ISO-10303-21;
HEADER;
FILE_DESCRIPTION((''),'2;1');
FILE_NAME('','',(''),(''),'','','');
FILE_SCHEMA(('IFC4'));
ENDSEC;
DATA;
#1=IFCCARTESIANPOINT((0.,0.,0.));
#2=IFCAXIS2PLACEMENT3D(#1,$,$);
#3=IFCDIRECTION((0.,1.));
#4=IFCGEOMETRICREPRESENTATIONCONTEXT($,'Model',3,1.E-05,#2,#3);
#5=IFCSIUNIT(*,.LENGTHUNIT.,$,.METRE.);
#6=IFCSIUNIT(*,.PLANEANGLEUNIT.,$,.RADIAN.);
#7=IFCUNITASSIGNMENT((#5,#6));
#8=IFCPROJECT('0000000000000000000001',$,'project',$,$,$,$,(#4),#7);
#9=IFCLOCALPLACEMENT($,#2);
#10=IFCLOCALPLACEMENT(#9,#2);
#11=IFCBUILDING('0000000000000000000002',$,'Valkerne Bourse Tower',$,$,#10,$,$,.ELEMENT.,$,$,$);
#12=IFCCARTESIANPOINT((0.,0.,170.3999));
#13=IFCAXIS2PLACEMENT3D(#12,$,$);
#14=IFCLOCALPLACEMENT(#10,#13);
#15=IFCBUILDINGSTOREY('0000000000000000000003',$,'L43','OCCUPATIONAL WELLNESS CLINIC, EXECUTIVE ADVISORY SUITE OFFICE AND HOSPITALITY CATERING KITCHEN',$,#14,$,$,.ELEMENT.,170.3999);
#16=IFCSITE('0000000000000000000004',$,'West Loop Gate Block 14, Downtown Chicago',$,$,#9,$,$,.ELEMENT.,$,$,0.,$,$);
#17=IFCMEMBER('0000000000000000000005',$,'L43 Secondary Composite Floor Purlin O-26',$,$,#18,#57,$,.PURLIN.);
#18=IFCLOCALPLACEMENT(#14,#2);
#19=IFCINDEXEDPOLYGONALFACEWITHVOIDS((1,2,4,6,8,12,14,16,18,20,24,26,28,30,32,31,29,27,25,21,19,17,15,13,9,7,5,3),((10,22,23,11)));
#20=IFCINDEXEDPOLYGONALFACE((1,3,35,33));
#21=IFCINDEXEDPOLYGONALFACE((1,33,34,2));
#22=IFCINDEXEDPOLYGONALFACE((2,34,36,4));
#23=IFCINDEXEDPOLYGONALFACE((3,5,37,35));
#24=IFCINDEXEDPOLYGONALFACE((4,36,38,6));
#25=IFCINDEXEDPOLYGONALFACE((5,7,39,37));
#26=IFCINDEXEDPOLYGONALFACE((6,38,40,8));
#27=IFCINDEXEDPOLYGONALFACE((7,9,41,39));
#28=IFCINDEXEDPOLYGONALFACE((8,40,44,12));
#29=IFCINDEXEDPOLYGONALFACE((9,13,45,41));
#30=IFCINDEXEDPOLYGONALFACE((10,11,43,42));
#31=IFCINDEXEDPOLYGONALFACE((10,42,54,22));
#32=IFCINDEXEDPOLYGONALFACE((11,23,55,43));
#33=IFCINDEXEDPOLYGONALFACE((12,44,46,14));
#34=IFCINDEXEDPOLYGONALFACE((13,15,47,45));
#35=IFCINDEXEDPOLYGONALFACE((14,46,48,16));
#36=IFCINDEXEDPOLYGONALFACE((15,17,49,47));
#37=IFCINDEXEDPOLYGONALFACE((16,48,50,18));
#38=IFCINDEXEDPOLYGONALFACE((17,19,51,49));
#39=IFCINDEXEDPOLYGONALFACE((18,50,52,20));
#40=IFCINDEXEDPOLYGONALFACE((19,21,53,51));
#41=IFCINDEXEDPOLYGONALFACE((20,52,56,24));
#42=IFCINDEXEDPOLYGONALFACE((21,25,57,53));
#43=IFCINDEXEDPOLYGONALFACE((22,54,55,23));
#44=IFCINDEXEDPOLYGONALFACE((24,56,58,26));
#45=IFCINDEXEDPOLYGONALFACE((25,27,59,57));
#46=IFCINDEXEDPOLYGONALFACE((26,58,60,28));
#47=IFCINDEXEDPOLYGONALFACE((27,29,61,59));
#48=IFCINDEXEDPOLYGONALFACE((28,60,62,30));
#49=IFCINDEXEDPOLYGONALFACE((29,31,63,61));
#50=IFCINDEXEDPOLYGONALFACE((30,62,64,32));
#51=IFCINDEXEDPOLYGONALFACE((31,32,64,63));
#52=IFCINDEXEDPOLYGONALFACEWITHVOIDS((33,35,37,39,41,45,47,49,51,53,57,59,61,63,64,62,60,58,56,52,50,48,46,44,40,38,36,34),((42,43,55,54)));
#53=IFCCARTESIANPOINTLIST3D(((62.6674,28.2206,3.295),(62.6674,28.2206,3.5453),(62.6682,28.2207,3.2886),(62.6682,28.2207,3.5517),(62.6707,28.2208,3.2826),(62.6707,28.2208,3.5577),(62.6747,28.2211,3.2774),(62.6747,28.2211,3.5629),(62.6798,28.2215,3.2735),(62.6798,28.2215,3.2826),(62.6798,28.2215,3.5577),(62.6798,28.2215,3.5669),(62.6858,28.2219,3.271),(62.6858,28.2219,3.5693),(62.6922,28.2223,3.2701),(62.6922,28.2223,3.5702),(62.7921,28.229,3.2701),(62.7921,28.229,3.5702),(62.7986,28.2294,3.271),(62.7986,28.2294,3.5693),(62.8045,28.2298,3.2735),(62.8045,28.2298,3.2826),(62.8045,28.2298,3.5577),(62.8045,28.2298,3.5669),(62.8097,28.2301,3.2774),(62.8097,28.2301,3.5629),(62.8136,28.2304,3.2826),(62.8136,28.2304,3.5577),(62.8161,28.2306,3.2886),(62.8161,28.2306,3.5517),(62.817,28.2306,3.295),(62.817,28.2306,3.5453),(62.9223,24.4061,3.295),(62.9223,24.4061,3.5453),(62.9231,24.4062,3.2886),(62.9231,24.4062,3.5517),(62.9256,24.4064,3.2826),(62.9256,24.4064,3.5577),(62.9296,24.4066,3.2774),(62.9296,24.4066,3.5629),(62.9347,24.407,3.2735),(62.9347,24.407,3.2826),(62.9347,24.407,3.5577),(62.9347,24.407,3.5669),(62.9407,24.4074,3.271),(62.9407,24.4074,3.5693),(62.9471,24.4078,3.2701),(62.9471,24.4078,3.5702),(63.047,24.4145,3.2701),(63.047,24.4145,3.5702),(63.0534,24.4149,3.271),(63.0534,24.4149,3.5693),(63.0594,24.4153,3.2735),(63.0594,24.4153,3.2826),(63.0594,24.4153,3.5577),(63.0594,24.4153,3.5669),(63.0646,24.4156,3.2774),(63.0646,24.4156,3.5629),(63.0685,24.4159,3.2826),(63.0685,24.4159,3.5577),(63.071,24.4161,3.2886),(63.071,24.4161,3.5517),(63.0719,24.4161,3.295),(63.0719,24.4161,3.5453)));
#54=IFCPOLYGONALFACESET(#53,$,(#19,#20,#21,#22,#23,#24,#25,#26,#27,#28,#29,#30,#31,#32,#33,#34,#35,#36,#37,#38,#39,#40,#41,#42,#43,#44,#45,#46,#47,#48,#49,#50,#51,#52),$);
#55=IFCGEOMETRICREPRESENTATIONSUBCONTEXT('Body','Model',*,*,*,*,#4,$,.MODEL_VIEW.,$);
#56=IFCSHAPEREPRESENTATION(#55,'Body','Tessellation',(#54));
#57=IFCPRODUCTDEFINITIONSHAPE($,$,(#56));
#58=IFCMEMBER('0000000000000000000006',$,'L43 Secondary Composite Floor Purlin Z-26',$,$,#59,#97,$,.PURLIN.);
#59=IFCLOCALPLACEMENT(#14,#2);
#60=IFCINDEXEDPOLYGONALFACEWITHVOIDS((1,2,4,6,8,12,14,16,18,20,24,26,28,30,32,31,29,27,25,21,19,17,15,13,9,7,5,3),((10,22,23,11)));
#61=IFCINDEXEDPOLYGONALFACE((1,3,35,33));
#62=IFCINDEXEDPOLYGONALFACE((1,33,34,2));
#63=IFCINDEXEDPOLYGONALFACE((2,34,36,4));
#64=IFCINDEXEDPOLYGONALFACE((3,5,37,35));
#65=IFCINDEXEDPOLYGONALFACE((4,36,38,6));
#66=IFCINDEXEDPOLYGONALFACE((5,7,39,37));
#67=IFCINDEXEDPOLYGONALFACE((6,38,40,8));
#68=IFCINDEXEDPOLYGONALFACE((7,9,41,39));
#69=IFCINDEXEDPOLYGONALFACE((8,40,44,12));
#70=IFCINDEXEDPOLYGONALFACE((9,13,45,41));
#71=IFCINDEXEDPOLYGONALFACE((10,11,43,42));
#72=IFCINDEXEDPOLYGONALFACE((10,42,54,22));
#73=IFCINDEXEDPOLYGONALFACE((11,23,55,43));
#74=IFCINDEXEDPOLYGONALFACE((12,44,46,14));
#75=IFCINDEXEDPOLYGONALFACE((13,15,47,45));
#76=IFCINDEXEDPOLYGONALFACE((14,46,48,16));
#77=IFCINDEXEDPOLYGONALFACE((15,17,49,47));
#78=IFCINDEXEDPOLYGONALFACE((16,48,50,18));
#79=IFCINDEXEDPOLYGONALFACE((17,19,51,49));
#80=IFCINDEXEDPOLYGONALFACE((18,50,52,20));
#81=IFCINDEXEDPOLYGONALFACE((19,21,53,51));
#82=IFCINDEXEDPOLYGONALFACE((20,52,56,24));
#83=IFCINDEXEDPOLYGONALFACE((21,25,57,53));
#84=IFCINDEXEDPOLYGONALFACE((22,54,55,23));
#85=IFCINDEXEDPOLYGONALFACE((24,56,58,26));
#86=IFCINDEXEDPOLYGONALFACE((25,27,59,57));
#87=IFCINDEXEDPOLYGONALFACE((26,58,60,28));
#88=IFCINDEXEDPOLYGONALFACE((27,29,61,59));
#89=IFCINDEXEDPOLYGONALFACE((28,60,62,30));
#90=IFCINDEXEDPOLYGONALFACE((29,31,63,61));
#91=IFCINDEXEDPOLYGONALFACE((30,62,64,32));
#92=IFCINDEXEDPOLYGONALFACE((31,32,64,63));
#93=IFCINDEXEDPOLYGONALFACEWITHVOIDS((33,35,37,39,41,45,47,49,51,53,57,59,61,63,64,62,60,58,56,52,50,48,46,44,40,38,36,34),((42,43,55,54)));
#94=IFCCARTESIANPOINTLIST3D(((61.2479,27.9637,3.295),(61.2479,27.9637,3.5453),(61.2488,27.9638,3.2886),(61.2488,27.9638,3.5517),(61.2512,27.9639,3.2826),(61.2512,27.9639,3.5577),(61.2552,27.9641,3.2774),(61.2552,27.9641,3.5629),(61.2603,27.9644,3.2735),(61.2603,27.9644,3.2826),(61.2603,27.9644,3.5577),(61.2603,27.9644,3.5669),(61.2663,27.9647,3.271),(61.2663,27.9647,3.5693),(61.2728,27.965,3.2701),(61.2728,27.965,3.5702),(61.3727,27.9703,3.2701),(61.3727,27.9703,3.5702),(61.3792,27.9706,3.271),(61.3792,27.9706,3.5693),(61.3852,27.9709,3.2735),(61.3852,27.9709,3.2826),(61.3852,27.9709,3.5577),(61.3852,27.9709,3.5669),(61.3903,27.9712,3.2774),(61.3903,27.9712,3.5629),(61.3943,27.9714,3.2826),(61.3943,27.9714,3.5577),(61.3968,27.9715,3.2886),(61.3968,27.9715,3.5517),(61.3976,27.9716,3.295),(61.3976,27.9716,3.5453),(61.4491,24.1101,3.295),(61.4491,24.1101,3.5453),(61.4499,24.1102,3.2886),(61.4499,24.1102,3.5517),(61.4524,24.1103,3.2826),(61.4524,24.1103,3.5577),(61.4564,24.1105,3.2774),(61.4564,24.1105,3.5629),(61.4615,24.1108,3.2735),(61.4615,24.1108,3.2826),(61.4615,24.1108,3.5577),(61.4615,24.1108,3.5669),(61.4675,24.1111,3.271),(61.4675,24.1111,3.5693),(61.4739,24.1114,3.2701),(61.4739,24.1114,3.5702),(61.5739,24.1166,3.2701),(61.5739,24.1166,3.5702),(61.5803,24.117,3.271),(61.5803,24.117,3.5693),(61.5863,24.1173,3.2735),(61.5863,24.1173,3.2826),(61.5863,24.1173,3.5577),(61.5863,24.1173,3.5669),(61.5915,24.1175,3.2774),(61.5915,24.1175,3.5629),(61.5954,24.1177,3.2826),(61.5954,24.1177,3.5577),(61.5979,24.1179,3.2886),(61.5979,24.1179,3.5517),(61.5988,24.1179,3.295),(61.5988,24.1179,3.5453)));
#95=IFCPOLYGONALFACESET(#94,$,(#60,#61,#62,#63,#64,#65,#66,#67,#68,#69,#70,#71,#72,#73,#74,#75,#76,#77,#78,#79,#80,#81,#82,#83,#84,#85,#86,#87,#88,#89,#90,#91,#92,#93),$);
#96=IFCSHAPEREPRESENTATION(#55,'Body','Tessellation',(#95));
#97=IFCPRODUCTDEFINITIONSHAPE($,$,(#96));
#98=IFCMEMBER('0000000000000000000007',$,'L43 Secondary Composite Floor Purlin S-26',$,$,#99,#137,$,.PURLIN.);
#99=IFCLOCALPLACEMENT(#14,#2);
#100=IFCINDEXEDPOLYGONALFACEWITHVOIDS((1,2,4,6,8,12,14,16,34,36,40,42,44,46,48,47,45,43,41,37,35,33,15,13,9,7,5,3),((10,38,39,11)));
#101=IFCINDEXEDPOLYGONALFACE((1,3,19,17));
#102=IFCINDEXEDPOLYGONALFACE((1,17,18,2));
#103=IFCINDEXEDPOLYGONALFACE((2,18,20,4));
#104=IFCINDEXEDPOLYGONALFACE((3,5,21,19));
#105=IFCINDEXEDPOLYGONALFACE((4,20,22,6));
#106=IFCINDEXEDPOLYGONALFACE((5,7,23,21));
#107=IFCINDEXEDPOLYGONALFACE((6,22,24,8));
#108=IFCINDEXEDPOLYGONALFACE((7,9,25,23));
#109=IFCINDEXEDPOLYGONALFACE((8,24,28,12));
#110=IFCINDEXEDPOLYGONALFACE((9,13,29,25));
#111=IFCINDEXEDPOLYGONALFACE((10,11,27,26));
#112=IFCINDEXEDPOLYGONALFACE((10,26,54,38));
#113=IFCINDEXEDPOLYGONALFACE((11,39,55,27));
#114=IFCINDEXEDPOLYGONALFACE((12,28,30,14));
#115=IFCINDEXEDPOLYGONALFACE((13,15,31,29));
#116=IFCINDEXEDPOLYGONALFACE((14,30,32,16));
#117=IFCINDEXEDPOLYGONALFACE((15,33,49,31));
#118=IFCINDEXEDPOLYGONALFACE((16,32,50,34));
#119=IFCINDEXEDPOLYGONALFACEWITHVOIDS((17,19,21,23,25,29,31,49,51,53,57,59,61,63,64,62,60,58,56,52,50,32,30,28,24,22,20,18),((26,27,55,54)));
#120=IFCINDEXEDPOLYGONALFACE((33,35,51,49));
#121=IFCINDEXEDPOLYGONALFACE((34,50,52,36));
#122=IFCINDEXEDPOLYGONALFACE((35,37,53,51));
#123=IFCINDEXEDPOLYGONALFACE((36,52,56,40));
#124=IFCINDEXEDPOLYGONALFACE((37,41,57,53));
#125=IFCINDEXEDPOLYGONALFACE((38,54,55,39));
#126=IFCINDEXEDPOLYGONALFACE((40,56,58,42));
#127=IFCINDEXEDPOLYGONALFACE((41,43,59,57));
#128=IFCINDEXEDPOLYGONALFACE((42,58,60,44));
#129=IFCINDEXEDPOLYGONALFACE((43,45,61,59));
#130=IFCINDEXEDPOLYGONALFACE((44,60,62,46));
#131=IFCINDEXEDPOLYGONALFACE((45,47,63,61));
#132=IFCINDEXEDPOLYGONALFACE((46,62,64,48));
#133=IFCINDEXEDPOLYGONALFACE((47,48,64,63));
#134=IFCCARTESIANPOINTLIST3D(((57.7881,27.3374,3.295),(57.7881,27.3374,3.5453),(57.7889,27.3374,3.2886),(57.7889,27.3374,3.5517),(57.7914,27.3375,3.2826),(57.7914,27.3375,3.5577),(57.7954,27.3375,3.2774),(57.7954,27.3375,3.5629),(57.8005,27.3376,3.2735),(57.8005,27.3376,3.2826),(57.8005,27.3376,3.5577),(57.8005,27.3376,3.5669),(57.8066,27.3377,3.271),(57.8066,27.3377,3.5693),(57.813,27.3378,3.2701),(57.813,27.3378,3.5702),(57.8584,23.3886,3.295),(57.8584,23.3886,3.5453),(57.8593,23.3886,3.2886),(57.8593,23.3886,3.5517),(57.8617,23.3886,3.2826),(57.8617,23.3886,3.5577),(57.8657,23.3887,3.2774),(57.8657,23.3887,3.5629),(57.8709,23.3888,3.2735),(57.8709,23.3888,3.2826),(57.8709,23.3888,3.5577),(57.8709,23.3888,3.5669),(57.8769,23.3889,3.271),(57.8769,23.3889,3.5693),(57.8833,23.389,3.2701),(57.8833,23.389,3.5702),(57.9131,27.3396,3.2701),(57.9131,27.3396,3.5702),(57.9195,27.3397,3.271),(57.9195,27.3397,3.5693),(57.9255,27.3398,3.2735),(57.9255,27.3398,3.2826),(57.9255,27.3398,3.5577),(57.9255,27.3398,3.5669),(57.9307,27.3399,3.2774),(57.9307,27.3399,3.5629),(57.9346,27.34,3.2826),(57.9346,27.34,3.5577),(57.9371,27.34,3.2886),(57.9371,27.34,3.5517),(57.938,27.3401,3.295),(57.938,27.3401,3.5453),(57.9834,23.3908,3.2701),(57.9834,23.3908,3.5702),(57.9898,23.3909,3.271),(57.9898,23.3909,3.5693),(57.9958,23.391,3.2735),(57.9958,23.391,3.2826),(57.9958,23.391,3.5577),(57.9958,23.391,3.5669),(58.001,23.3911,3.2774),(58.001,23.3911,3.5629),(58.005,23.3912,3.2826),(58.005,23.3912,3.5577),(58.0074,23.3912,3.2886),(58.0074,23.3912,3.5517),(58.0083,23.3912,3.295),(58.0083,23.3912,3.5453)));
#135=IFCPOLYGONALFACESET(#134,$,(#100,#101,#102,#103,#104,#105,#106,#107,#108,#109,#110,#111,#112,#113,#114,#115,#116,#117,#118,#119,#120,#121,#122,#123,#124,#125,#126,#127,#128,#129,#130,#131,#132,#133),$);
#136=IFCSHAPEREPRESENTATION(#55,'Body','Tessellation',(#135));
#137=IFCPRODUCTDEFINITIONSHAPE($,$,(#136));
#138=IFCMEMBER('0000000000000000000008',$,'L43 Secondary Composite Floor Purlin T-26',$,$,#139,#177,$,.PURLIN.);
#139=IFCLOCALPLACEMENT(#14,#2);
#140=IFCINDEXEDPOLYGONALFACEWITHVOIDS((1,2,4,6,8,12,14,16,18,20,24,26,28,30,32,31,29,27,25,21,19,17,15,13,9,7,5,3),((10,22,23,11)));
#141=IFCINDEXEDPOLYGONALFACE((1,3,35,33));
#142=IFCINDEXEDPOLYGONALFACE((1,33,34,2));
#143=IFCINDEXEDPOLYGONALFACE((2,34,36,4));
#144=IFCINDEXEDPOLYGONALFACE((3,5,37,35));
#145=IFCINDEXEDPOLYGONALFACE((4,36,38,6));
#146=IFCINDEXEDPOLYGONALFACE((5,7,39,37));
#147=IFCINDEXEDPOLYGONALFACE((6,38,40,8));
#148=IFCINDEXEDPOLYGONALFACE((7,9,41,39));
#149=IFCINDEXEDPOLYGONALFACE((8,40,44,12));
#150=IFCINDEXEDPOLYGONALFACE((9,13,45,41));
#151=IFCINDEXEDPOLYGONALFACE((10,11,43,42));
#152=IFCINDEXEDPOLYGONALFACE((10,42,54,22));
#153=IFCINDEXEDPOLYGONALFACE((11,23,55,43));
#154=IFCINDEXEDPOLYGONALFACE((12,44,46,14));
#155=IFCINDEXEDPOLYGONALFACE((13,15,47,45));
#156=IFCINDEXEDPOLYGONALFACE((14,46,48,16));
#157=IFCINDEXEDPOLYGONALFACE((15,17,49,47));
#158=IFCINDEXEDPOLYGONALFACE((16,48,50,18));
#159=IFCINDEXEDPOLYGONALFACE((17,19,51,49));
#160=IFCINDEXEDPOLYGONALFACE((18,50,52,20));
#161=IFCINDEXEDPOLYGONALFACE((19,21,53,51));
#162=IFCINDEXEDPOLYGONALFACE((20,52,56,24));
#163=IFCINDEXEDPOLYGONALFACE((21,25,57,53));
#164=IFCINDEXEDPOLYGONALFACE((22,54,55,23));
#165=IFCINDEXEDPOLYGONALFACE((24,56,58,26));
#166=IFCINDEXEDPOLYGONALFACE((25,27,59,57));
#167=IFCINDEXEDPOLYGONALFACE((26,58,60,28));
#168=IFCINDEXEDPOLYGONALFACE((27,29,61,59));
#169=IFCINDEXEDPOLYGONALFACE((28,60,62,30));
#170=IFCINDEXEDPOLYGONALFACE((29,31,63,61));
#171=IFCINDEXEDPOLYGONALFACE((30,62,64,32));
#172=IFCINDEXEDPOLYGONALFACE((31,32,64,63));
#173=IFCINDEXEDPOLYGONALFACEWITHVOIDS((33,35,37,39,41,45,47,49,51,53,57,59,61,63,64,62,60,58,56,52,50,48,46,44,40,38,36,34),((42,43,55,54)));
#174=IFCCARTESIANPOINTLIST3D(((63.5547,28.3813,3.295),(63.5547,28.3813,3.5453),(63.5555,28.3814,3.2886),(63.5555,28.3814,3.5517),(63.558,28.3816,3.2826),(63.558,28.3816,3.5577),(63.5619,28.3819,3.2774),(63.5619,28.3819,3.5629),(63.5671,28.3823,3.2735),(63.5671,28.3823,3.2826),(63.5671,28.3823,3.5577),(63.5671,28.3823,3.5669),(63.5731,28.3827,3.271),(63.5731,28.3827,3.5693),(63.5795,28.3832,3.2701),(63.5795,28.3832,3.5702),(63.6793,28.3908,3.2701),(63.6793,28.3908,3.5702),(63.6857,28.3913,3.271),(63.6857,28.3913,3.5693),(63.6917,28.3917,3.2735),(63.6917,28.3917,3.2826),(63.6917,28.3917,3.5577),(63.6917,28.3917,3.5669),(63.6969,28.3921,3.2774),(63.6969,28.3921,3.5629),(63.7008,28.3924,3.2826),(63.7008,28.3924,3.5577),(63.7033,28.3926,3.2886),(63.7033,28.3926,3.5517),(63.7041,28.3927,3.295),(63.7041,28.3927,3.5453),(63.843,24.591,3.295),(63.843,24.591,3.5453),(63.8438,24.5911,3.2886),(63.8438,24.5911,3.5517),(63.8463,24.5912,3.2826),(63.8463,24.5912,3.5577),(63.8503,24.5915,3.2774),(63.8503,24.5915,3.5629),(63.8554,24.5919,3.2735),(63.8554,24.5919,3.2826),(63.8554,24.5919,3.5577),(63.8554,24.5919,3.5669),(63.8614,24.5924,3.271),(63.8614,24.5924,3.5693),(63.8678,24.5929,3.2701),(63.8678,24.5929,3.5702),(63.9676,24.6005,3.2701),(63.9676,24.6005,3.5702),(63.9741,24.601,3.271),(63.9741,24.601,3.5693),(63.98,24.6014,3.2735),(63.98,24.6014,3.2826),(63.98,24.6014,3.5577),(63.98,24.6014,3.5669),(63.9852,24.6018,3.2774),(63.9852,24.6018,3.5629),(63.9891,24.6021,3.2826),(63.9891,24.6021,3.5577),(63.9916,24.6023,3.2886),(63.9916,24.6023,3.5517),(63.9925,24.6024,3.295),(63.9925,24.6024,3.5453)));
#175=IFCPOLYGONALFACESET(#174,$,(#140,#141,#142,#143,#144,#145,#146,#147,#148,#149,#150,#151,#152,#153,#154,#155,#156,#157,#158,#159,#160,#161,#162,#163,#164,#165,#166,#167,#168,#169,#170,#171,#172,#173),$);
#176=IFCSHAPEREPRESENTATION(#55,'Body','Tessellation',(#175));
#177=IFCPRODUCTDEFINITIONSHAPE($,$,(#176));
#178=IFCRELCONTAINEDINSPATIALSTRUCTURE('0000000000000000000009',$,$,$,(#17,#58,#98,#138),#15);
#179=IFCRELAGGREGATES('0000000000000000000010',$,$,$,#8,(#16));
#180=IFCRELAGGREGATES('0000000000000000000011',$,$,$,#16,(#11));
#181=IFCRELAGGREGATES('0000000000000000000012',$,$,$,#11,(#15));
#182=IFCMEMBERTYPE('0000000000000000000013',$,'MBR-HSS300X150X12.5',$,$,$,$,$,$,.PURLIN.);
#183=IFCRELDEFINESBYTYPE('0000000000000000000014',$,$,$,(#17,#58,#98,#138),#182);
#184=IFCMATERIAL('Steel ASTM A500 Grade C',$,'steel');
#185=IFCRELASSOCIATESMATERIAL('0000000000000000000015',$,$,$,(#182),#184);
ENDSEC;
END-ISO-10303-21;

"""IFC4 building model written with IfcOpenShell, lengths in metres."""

from ifc_helpers import new_model, si_unit, direction, frame, origin, origin_2d, place, context, subcontext, project, spatial, hollow_rectangle, extrude, material, material_profile, profile_set, type_object, element, save


model = new_model("IFC4")

# Units and contexts
model_context = context("Model", 3, precision=1e-05, world=origin(), true_north=direction((0.0, 1.0)))
body_context = subcontext(model_context, "Body", "Model", "MODEL_VIEW")
ifc_project = project(units=[si_unit("LENGTHUNIT", "METRE"), si_unit("PLANEANGLEUNIT", "RADIAN")], contexts=[model_context])

# Site, building, storey
site_placement = place(None, origin())
site = spatial("IfcSite", under=ifc_project, at=site_placement, Name="West Loop Gate Block 14, Downtown Chicago", CompositionType="ELEMENT", RefElevation=0.0)
building_placement = place(site_placement, origin())
building = spatial("IfcBuilding", under=site, at=building_placement, Name="Valkerne Bourse Tower", CompositionType="ELEMENT")
storey_placement = place(building_placement, frame((0.0, 0.0, 170.3999)))
storey = spatial("IfcBuildingStorey", under=building, at=storey_placement, Name="L43", Description="OCCUPATIONAL WELLNESS CLINIC, EXECUTIVE ADVISORY SUITE OFFICE AND HOSPITALITY CATERING KITCHEN", CompositionType="ELEMENT", Elevation=170.3999)

# Members
ifc_material_1 = material(Name="Steel ASTM A500 Grade C", Category="steel")
ifc_material_profile_1 = material_profile(ifc_material_1, hollow_rectangle(XDim=0.1499, YDim=0.3, WallThickness=0.0125, OuterFilletRadius=0.0249, at=origin_2d()), Name="HSS300X150X12.5")
ifc_profile_set_1 = profile_set([ifc_material_profile_1], Name="Steel ASTM A500 Grade C")
member_type_1 = type_object("IfcMemberType", Name="MBR-HSS300X150X12.5", PredefinedType="PURLIN", material=ifc_profile_set_1)
member_1_placement = place(storey_placement, frame((62.9971, 24.4111, 3.4202), z_axis=(-0.066672, 0.997775, 0.0), x_axis=(-0.997775, -0.066672, 0.0)))
element("IfcMember", 1, at=member_1_placement, inside=storey, type_object=member_type_1, Name="L43 Secondary Composite Floor Purlin O-26", PredefinedType="PURLIN", context=body_context, shape_type="SweptSolid", body=[
    extrude(hollow_rectangle(XDim=0.1499, YDim=0.3, WallThickness=0.0125, OuterFilletRadius=0.0249, at=origin_2d()), origin(), (0.0, 0.0, 1.0), 3.823),
])
member_2_placement = place(storey_placement, frame((61.5239, 24.114, 3.4202), z_axis=(-0.05213, 0.99864, 0.0), x_axis=(-0.99864, -0.05213, 0.0)))
element("IfcMember", 2, at=member_2_placement, inside=storey, type_object=member_type_1, Name="L43 Secondary Composite Floor Purlin Z-26", PredefinedType="PURLIN", context=body_context, shape_type="SweptSolid", body=[
    extrude(hollow_rectangle(XDim=0.1499, YDim=0.3, WallThickness=0.0125, OuterFilletRadius=0.0249, at=origin_2d()), origin(), (0.0, 0.0, 1.0), 3.8589),
])
member_3_placement = place(storey_placement, frame((57.9333, 23.3899, 3.4202), z_axis=(-0.017804, 0.999842, 0.0), x_axis=(-0.999842, -0.017804, 0.0)))
element("IfcMember", 3, at=member_3_placement, inside=storey, type_object=member_type_1, Name="L43 Secondary Composite Floor Purlin S-26", PredefinedType="PURLIN", context=body_context, shape_type="SweptSolid", body=[
    extrude(hollow_rectangle(XDim=0.1499, YDim=0.3, WallThickness=0.0125, OuterFilletRadius=0.0249, at=origin_2d()), origin(), (0.0, 0.0, 1.0), 3.9495),
])
member_4_placement = place(storey_placement, frame((63.9177, 24.5967, 3.4202), z_axis=(-0.075852, 0.997119, 0.0), x_axis=(-0.997119, -0.075852, 0.0)))
element("IfcMember", 4, at=member_4_placement, inside=storey, type_object=member_type_1, Name="L43 Secondary Composite Floor Purlin T-26", PredefinedType="PURLIN", context=body_context, shape_type="SweptSolid", body=[
    extrude(hollow_rectangle(XDim=0.1499, YDim=0.3, WallThickness=0.0125, OuterFilletRadius=0.0249, at=origin_2d()), origin(), (0.0, 0.0, 1.0), 3.8013),
])

save(model, "model.ifc")
